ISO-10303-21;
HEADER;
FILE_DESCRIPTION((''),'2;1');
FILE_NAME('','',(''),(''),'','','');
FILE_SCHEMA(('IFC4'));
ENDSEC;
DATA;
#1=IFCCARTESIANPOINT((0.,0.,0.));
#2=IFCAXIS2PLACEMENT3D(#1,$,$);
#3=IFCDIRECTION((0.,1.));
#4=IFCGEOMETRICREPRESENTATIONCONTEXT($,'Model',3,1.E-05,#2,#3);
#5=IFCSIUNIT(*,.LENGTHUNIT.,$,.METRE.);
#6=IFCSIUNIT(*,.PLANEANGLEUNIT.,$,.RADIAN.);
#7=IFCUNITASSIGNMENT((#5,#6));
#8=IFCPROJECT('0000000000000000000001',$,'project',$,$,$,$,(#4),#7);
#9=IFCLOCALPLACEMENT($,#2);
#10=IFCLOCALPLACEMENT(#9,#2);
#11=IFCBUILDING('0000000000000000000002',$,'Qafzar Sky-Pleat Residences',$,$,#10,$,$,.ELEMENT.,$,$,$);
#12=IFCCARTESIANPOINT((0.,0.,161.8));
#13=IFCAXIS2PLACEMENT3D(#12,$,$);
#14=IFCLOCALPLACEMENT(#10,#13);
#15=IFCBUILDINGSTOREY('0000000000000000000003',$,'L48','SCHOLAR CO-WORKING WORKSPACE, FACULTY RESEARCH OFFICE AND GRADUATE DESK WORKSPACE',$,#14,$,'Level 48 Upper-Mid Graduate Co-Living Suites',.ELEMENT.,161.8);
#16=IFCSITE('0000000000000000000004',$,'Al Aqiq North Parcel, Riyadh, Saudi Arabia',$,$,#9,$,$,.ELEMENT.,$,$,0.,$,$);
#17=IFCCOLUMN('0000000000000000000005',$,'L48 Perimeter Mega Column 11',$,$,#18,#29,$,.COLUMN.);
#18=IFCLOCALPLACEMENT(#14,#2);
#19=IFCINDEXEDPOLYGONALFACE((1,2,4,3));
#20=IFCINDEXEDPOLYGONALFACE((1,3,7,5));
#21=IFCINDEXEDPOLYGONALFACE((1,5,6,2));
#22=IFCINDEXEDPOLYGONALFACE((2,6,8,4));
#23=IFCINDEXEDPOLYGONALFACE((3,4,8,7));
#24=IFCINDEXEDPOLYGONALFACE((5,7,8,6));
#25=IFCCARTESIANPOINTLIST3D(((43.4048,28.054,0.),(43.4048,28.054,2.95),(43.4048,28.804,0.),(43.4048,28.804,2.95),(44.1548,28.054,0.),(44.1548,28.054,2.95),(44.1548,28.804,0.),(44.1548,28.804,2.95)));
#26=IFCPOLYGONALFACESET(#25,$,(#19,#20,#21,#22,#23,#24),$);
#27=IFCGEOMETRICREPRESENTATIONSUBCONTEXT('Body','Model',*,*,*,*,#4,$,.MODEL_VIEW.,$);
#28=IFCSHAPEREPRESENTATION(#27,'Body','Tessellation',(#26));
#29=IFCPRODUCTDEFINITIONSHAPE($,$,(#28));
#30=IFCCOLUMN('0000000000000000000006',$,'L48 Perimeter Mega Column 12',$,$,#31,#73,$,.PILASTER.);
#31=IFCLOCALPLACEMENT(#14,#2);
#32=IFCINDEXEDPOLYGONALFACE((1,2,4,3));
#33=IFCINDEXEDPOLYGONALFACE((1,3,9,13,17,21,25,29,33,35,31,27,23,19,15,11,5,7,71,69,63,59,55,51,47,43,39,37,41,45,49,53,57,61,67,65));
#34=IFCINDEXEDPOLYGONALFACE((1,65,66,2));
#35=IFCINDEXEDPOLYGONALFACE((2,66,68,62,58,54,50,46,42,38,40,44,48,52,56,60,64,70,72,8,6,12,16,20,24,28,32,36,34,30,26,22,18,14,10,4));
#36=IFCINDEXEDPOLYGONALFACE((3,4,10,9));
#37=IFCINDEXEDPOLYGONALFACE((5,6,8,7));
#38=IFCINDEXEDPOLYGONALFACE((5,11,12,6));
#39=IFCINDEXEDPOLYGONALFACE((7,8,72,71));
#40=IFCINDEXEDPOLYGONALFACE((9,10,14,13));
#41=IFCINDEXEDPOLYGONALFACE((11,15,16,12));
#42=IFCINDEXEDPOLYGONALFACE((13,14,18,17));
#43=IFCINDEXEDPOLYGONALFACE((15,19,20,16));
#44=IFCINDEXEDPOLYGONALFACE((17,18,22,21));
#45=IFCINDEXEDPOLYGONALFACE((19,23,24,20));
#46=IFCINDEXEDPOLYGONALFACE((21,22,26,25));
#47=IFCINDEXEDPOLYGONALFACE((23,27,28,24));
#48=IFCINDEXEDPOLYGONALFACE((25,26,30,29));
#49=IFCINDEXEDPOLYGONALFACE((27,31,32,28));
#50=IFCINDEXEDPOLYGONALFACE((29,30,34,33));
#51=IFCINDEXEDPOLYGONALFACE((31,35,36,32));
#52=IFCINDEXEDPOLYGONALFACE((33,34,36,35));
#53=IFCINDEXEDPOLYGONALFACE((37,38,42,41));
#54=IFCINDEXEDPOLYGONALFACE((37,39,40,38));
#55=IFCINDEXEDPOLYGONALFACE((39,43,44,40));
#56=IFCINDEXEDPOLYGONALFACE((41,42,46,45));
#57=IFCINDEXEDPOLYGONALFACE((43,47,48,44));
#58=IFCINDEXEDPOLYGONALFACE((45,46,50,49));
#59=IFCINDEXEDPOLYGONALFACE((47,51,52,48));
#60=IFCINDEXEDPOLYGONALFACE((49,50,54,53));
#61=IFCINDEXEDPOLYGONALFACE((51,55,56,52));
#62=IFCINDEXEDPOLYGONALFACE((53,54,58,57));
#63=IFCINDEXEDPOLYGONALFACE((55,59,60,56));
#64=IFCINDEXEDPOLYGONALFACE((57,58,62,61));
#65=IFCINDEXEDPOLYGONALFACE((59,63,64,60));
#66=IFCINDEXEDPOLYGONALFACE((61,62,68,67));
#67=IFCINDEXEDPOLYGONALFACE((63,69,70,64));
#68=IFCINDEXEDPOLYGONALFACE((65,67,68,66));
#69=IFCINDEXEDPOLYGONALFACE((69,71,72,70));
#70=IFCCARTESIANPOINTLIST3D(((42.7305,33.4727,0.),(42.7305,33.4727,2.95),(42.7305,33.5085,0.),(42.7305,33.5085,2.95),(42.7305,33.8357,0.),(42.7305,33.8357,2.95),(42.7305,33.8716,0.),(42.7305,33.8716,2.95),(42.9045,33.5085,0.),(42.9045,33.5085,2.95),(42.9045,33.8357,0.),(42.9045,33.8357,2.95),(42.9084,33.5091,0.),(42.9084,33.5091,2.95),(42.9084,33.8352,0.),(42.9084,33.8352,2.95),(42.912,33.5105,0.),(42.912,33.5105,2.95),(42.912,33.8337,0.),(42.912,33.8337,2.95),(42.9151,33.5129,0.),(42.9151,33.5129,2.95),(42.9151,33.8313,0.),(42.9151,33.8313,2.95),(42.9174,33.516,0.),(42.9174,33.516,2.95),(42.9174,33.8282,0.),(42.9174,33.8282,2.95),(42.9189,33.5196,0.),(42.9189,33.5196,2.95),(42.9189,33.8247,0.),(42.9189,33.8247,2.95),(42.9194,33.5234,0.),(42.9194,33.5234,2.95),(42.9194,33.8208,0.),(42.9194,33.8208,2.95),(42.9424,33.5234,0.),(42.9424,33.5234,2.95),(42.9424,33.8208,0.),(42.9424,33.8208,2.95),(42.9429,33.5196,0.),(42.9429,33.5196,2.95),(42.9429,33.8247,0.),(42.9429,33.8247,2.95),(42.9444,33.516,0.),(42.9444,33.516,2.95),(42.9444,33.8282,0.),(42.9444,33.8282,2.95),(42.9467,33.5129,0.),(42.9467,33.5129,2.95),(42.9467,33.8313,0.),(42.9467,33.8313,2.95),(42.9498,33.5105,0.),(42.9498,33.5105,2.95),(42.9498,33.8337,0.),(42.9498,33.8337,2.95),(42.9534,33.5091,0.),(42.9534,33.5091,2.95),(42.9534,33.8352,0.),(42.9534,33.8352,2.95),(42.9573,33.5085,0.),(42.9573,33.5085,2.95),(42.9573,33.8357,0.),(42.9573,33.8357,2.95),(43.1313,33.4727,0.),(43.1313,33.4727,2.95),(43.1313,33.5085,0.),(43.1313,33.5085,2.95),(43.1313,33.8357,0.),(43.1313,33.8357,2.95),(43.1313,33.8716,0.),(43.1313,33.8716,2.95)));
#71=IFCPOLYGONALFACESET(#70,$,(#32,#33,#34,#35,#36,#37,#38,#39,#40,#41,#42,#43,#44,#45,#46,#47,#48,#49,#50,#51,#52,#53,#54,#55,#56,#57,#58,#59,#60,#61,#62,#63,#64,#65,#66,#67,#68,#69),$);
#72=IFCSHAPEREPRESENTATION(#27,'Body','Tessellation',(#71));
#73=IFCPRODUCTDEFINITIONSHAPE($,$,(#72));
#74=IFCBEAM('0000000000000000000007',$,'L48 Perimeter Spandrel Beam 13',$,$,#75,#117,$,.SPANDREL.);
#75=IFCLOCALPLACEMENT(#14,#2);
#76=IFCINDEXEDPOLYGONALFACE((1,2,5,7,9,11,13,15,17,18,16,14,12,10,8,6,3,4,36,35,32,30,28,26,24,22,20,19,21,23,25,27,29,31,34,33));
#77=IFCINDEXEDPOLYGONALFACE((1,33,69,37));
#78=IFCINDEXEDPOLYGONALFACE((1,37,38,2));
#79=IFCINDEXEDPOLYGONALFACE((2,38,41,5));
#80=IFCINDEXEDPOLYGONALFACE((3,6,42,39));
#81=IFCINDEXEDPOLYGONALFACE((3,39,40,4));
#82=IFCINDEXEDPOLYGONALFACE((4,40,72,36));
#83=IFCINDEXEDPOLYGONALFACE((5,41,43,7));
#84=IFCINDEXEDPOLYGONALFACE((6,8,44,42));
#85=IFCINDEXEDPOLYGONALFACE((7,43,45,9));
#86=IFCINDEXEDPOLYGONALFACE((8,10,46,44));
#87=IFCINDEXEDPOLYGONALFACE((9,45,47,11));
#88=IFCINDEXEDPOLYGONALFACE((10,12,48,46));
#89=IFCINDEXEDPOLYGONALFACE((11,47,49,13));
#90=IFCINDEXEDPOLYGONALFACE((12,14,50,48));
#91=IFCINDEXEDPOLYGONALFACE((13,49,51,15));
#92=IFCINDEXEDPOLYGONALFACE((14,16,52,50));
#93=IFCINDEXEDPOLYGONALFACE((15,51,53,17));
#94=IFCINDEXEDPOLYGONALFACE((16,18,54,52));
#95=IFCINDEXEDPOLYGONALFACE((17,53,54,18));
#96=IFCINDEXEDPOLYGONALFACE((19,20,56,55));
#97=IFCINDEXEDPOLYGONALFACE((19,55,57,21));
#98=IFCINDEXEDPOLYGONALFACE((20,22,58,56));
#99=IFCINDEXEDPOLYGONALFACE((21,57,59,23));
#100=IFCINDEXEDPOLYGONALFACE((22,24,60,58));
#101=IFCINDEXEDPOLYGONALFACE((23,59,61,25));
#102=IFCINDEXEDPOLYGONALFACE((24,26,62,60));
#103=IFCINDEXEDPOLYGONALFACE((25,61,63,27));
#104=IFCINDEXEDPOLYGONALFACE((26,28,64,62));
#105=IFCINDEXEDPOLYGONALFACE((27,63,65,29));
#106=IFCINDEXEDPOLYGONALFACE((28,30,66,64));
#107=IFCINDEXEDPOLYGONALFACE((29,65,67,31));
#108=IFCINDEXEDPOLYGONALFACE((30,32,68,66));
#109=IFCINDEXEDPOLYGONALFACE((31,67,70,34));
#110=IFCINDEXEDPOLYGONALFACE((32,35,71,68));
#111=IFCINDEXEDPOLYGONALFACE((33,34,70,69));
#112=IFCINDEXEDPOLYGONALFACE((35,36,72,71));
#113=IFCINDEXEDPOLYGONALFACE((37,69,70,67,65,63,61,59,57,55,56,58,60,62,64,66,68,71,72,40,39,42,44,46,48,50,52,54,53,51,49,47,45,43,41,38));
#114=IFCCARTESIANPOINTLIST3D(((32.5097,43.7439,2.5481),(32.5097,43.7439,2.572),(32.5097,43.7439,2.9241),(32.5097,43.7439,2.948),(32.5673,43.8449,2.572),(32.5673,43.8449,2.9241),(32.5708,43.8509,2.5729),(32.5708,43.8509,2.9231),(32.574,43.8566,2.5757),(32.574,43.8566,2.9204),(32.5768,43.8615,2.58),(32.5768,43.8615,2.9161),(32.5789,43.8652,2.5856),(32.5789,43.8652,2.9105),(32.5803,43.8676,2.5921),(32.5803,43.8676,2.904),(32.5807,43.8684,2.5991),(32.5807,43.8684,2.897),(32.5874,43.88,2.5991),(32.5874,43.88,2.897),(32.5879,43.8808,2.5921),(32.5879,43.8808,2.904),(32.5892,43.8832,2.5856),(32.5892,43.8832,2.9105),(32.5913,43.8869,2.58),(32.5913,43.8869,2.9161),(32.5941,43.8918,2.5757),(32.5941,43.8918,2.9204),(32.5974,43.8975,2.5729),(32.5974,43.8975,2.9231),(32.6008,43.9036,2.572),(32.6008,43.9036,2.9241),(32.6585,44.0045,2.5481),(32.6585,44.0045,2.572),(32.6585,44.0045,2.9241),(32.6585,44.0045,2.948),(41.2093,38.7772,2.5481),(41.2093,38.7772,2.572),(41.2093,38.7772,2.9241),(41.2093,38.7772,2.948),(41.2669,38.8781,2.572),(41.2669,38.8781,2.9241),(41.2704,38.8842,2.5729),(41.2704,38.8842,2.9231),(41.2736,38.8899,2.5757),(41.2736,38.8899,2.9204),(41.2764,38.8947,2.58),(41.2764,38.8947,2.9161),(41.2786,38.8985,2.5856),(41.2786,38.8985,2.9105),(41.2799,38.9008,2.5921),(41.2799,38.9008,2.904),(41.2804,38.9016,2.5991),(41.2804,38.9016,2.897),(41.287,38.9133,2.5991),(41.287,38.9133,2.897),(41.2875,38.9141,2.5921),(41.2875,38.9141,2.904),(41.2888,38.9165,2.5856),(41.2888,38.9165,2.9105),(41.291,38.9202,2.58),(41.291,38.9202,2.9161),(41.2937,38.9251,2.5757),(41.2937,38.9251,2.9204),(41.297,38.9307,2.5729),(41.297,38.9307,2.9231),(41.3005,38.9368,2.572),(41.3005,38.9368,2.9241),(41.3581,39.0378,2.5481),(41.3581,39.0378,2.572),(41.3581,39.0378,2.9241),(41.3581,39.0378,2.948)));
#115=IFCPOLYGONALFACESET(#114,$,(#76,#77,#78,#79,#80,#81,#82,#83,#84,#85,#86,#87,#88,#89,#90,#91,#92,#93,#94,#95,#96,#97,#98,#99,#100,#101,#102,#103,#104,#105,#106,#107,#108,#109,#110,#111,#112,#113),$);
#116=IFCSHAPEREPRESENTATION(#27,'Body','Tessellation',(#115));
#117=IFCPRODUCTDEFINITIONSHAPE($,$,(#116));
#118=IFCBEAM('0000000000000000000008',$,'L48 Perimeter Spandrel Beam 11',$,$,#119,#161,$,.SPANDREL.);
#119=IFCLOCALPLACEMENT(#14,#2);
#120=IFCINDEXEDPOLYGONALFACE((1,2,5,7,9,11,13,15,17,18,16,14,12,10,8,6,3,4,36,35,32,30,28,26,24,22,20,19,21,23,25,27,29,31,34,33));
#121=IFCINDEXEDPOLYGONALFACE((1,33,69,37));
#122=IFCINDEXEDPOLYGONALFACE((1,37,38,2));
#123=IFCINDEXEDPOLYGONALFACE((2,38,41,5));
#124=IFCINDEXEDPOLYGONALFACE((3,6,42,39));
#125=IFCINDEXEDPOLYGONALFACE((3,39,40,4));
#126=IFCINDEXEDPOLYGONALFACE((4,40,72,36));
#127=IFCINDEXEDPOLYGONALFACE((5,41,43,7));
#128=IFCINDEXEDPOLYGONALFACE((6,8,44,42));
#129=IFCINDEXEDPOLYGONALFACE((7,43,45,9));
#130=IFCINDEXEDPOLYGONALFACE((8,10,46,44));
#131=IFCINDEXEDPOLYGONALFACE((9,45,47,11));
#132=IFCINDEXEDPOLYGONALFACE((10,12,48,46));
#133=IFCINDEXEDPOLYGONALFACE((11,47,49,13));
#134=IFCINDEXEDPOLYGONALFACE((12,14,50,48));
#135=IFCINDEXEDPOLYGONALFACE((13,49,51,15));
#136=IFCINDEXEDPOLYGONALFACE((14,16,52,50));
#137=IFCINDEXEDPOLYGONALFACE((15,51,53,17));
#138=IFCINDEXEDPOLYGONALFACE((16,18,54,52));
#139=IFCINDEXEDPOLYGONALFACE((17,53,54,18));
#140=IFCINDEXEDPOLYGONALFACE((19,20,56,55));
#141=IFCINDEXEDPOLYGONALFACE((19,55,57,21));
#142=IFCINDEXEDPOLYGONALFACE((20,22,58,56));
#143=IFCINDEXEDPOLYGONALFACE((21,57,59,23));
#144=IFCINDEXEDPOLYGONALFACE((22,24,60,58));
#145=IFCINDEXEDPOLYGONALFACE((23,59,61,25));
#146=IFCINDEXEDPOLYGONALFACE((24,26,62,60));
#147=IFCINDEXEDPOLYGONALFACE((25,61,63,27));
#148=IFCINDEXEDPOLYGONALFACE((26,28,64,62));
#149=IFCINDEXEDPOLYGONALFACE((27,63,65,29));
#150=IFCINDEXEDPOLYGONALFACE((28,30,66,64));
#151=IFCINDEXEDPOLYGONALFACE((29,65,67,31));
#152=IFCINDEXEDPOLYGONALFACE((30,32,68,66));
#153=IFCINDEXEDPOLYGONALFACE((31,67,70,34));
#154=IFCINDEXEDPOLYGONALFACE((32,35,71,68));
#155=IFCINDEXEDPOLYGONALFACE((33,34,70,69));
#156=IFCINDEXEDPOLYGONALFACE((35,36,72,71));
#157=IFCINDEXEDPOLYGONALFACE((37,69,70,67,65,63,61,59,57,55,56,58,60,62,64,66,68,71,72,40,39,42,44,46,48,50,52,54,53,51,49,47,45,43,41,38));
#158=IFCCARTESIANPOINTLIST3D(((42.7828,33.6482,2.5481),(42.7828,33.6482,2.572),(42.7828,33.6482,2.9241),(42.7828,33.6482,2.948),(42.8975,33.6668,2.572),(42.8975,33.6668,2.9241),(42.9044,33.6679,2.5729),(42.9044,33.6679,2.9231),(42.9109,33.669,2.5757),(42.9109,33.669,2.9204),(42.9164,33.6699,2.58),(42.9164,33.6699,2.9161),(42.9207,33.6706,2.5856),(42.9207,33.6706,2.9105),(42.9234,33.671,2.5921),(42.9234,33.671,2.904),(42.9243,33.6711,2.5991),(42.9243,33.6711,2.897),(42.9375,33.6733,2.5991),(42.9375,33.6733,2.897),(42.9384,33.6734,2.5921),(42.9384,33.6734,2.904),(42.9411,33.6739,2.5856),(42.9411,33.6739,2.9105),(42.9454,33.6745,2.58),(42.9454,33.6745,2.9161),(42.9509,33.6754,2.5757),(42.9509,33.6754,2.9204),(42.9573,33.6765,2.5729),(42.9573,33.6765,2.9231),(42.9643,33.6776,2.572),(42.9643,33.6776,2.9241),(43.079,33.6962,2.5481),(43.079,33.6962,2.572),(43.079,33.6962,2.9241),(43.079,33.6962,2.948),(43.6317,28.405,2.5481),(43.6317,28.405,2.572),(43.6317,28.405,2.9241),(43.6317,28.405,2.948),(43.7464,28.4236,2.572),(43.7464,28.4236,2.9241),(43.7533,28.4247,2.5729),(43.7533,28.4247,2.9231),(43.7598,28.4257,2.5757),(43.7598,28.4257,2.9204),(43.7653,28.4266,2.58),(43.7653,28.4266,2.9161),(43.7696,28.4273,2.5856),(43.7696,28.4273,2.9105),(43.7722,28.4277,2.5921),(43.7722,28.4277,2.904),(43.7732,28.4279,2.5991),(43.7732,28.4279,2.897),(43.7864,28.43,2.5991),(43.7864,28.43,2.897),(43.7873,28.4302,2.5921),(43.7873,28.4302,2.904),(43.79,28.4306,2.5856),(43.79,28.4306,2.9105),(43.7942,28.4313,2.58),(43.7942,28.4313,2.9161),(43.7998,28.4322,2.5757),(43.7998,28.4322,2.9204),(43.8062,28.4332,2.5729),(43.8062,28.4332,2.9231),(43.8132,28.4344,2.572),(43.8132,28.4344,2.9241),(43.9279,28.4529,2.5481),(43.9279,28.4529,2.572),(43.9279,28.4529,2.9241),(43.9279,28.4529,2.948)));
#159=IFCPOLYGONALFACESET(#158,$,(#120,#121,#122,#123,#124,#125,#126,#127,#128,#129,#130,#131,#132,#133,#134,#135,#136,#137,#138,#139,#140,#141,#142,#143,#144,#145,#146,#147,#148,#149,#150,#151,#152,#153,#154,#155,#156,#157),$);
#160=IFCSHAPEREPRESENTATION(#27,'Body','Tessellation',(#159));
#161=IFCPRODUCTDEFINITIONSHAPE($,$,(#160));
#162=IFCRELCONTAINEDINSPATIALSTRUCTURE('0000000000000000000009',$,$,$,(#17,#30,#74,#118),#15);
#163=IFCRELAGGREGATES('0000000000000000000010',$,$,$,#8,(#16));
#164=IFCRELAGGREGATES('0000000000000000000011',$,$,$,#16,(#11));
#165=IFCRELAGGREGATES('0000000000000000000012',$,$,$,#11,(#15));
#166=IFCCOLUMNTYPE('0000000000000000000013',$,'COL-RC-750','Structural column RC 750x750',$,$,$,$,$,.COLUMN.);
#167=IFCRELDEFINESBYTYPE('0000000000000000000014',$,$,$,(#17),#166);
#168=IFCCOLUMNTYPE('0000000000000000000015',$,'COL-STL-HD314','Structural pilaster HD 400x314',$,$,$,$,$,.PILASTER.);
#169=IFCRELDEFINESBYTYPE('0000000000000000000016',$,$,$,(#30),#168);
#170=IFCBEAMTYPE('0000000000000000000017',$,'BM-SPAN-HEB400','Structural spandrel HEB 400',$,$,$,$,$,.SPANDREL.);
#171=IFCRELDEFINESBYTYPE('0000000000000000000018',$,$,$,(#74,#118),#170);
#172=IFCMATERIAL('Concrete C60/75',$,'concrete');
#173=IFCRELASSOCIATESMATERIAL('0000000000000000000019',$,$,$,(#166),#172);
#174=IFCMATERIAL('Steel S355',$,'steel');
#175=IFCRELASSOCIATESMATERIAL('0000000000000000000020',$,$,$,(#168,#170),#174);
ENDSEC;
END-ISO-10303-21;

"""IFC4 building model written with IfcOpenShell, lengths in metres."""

from ifc_helpers import new_model, si_unit, direction, frame, origin, origin_2d, place, context, subcontext, project, spatial, rectangle, i_section, extrude, source, transform, mapped, material, material_profile, profile_set, type_object, element, save


model = new_model("IFC4")

# Units and contexts
model_context = context("Model", 3, precision=1e-05, world=origin(), true_north=direction((0.0, 1.0)))
body_context = subcontext(model_context, "Body", "Model", "MODEL_VIEW")
ifc_project = project(units=[si_unit("LENGTHUNIT", "METRE"), si_unit("PLANEANGLEUNIT", "RADIAN")], contexts=[model_context])

# Site, building, storey
site_placement = place(None, origin())
site = spatial("IfcSite", under=ifc_project, at=site_placement, Name="Al Aqiq North Parcel, Riyadh, Saudi Arabia", CompositionType="ELEMENT", RefElevation=0.0)
building_placement = place(site_placement, origin())
building = spatial("IfcBuilding", under=site, at=building_placement, Name="Qafzar Sky-Pleat Residences", CompositionType="ELEMENT")
storey_placement = place(building_placement, frame((0.0, 0.0, 161.8)))
storey = spatial("IfcBuildingStorey", under=building, at=storey_placement, Name="L48", Description="SCHOLAR CO-WORKING WORKSPACE, FACULTY RESEARCH OFFICE AND GRADUATE DESK WORKSPACE", LongName="Level 48 Upper-Mid Graduate Co-Living Suites", CompositionType="ELEMENT", Elevation=161.8)

# Columns
ifc_material_1 = material(Name="Concrete C60/75", Category="concrete")
ifc_material_profile_1 = material_profile(ifc_material_1, rectangle(XDim=0.75, YDim=0.75, at=origin_2d()), Name="RC 750x750")
ifc_profile_set_1 = profile_set([ifc_material_profile_1], Name="Concrete C60/75")
column_type_1 = type_object("IfcColumnType", Name="COL-RC-750", Description="Structural column RC 750x750", PredefinedType="COLUMN", material=ifc_profile_set_1)
shared_shape_1 = source(origin(), body_context, "Body", "SweptSolid", [
    extrude(rectangle(XDim=0.75, YDim=0.75, at=origin_2d()), origin(), (0.0, 0.0, 1.0), 2.95),
])
column_1_placement = place(storey_placement, frame((43.7798, 28.429, 0.0), z_axis=(0.0, 0.0, 1.0), x_axis=(1.0, 0.0, 0.0)))
element("IfcColumn", 1, at=column_1_placement, inside=storey, type_object=column_type_1, Name="L48 Perimeter Mega Column 11", PredefinedType="COLUMN", context=body_context, shape_type="MappedRepresentation", body=[
    mapped(shared_shape_1, transform((0.0, 0.0, 0.0), x_axis=(1.0, 0.0, 0.0), y_axis=(0.0, 1.0, 0.0), z_axis=(0.0, 0.0, 1.0), scale=1.0)),
])
ifc_material_2 = material(Name="Steel S355", Category="steel")
ifc_material_profile_2 = material_profile(ifc_material_2, i_section(OverallWidth=0.4009, OverallDepth=0.3989, WebThickness=0.0229, FlangeThickness=0.0359, FilletRadius=0.0149, at=origin_2d()), Name="HD 400x314")
ifc_profile_set_2 = profile_set([ifc_material_profile_2], Name="Steel S355")
column_type_2 = type_object("IfcColumnType", Name="COL-STL-HD314", Description="Structural pilaster HD 400x314", PredefinedType="PILASTER", material=ifc_profile_set_2)
shared_shape_2 = source(origin(), body_context, "Body", "SweptSolid", [
    extrude(i_section(OverallWidth=0.4009, OverallDepth=0.3989, WebThickness=0.0229, FlangeThickness=0.0359, FilletRadius=0.0149, at=origin_2d()), origin(), (0.0, 0.0, 1.0), 2.95),
])
column_2_placement = place(storey_placement, frame((42.9309, 33.6721, 0.0), z_axis=(0.0, 0.0, 1.0), x_axis=(1.0, 0.0, 0.0)))
element("IfcColumn", 2, at=column_2_placement, inside=storey, type_object=column_type_2, Name="L48 Perimeter Mega Column 12", PredefinedType="PILASTER", context=body_context, shape_type="MappedRepresentation", body=[
    mapped(shared_shape_2, transform((0.0, 0.0, 0.0), x_axis=(1.0, 0.0, 0.0), y_axis=(0.0, 1.0, 0.0), z_axis=(0.0, 0.0, 1.0), scale=1.0)),
])

# Beams
ifc_material_profile_3 = material_profile(ifc_material_2, i_section(OverallWidth=0.3, OverallDepth=0.3999, WebThickness=0.0134, FlangeThickness=0.0239, FilletRadius=0.0271, at=origin_2d()), Name="HEB 400")
ifc_profile_set_3 = profile_set([ifc_material_profile_3], Name="Steel S355")
beam_type_1 = type_object("IfcBeamType", Name="BM-SPAN-HEB400", Description="Structural spandrel HEB 400", PredefinedType="SPANDREL", material=ifc_profile_set_3)
shared_shape_3 = source(origin(), body_context, "Body", "SweptSolid", [
    extrude(i_section(OverallWidth=0.3, OverallDepth=0.3999, WebThickness=0.0134, FlangeThickness=0.0239, FilletRadius=0.0271, at=origin_2d()), origin(), (0.0, 0.0, 1.0), 10.0176),
])
beam_1_placement = place(storey_placement, frame((41.2837, 38.9075, 2.748), z_axis=(-0.868435, 0.495803, 0.0), x_axis=(-0.495803, -0.868435, 0.0)))
element("IfcBeam", 3, at=beam_1_placement, inside=storey, type_object=beam_type_1, Name="L48 Perimeter Spandrel Beam 13", PredefinedType="SPANDREL", context=body_context, shape_type="MappedRepresentation", body=[
    mapped(shared_shape_3, transform((0.0, 0.0, 0.0), x_axis=(1.0, 0.0, 0.0), y_axis=(0.0, 1.0, 0.0), z_axis=(0.0, 0.0, 1.0), scale=1.0)),
])
shared_shape_4 = source(origin(), body_context, "Body", "SweptSolid", [
    extrude(i_section(OverallWidth=0.3, OverallDepth=0.3999, WebThickness=0.0134, FlangeThickness=0.0239, FilletRadius=0.0271, at=origin_2d()), origin(), (0.0, 0.0, 1.0), 5.3115),
])
beam_2_placement = place(storey_placement, frame((43.7798, 28.429, 2.748), z_axis=(-0.159821, 0.987146, 0.0), x_axis=(-0.987146, -0.159821, 0.0)))
element("IfcBeam", 4, at=beam_2_placement, inside=storey, type_object=beam_type_1, Name="L48 Perimeter Spandrel Beam 11", PredefinedType="SPANDREL", context=body_context, shape_type="MappedRepresentation", body=[
    mapped(shared_shape_4, transform((0.0, 0.0, 0.0), x_axis=(1.0, 0.0, 0.0), y_axis=(0.0, 1.0, 0.0), z_axis=(0.0, 0.0, 1.0), scale=1.0)),
])

save(model, "model.ifc")
